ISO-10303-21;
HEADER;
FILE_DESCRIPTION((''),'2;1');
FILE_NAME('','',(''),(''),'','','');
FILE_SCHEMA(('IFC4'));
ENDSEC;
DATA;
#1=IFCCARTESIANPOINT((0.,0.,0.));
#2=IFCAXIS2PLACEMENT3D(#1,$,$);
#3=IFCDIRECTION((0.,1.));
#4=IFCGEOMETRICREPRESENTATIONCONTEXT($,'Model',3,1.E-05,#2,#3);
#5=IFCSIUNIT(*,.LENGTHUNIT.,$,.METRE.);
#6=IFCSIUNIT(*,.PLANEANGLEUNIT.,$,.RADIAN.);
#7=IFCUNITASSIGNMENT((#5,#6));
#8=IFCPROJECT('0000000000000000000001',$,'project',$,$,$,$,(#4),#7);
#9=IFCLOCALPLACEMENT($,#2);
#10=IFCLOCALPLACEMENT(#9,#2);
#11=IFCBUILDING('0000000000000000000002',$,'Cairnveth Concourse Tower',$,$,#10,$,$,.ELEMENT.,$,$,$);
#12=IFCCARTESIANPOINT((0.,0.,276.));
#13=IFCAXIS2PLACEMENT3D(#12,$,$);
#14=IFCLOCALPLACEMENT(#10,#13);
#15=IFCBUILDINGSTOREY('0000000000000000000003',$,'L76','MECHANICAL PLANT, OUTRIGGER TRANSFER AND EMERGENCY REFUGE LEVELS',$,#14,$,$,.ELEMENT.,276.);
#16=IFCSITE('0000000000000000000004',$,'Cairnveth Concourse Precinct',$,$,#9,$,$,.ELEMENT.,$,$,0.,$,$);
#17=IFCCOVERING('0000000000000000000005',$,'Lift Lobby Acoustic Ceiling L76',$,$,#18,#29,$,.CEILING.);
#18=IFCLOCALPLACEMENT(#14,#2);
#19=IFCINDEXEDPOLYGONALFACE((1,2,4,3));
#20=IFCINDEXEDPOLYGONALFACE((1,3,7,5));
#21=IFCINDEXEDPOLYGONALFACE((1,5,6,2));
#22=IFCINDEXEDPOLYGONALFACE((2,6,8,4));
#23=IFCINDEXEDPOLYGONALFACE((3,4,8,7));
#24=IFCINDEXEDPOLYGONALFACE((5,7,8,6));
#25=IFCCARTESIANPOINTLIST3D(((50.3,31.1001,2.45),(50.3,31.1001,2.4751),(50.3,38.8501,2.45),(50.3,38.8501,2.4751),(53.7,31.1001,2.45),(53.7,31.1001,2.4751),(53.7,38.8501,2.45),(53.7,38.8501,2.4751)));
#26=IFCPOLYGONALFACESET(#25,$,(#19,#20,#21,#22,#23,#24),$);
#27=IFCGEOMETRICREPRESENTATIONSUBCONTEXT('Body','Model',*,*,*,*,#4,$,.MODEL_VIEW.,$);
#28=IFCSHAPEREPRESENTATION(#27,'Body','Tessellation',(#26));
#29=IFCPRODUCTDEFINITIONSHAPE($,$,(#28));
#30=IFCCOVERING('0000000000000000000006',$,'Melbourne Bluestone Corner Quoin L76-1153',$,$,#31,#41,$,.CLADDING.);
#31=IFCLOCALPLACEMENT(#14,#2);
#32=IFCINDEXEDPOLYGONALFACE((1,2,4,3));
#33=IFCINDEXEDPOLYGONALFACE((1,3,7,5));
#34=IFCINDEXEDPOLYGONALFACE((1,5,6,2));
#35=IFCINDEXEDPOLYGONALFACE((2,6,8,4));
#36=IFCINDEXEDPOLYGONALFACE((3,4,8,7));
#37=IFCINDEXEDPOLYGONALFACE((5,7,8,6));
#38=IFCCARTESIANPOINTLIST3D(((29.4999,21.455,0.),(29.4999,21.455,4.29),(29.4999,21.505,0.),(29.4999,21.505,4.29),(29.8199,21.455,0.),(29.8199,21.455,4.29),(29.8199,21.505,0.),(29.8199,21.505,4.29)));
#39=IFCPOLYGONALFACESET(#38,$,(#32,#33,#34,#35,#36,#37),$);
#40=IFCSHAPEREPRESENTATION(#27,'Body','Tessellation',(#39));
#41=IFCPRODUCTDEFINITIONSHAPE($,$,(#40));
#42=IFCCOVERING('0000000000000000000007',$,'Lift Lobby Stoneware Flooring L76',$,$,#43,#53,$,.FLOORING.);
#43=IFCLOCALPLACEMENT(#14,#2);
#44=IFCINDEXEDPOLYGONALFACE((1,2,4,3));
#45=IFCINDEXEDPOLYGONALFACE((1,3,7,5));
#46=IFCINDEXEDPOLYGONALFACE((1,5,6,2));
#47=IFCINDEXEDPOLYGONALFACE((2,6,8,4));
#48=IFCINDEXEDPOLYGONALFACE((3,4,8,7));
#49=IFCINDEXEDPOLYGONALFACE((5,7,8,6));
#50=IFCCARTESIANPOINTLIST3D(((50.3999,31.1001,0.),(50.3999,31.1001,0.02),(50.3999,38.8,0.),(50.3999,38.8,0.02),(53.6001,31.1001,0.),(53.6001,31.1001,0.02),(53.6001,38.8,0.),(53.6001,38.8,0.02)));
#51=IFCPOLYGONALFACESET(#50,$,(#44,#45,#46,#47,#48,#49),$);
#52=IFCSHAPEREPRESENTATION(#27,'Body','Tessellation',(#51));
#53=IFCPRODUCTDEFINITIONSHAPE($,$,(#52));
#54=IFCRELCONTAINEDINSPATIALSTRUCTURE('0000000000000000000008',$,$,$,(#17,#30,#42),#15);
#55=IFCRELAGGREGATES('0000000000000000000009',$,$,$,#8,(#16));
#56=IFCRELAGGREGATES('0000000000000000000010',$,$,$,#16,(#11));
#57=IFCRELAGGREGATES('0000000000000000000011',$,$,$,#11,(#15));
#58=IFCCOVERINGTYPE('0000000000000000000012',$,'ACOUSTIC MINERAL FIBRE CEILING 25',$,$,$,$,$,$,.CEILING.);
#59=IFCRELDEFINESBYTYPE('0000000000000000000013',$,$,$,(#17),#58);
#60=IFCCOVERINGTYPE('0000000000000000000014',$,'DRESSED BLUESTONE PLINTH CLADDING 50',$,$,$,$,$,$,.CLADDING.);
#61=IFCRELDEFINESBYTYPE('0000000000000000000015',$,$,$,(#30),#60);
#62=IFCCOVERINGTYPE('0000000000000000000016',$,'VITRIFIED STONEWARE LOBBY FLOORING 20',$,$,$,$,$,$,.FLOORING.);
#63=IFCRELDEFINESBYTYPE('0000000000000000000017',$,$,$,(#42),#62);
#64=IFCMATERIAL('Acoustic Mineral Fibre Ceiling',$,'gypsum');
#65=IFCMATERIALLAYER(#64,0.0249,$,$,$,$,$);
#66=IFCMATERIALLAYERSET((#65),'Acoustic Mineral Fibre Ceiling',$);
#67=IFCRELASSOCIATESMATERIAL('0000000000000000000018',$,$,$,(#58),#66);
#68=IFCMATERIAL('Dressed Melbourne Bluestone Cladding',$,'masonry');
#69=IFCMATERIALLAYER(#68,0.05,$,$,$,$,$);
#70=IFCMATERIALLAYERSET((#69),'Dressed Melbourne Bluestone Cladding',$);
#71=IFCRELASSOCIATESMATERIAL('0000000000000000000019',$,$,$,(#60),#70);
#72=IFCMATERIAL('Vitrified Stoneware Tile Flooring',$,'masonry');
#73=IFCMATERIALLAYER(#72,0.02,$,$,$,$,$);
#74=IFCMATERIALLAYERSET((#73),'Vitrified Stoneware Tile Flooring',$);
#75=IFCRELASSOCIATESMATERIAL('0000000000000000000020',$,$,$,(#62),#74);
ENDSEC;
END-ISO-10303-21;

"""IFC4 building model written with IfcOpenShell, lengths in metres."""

from ifc_helpers import new_model, si_unit, direction, frame, frame_2d, origin, place, context, subcontext, project, spatial, polyline, rectangle, outline, extrude, material, layer, layer_set, type_object, element, save


model = new_model("IFC4")

# Units and contexts
model_context = context("Model", 3, precision=1e-05, world=origin(), true_north=direction((0.0, 1.0)))
body_context = subcontext(model_context, "Body", "Model", "MODEL_VIEW")
ifc_project = project(units=[si_unit("LENGTHUNIT", "METRE"), si_unit("PLANEANGLEUNIT", "RADIAN")], contexts=[model_context])

# Site, building, storey
site_placement = place(None, origin())
site = spatial("IfcSite", under=ifc_project, at=site_placement, Name="Cairnveth Concourse Precinct", CompositionType="ELEMENT", RefElevation=0.0)
building_placement = place(site_placement, origin())
building = spatial("IfcBuilding", under=site, at=building_placement, Name="Cairnveth Concourse Tower", CompositionType="ELEMENT")
storey_placement = place(building_placement, frame((0.0, 0.0, 276.0)))
storey = spatial("IfcBuildingStorey", under=building, at=storey_placement, Name="L76", Description="MECHANICAL PLANT, OUTRIGGER TRANSFER AND EMERGENCY REFUGE LEVELS", CompositionType="ELEMENT", Elevation=276.0)

# Coverings
ifc_material_1 = material(Name="Acoustic Mineral Fibre Ceiling", Category="gypsum")
ifc_layer_1 = layer(ifc_material_1, 0.0249)
ifc_layer_set_1 = layer_set([ifc_layer_1], Name="Acoustic Mineral Fibre Ceiling")
covering_type_1 = type_object("IfcCoveringType", Name="ACOUSTIC MINERAL FIBRE CEILING 25", PredefinedType="CEILING", material=ifc_layer_set_1)
covering_1_placement = place(storey_placement, frame((0.0, 0.0, 2.45)))
element("IfcCovering", 1, at=covering_1_placement, inside=storey, type_object=covering_type_1, Name="Lift Lobby Acoustic Ceiling L76", PredefinedType="CEILING", context=body_context, shape_type="SweptSolid", body=[
    extrude(outline(polyline([(50.3, 31.1001), (53.7, 31.1001), (53.7, 38.8501), (50.3, 38.8501), (50.3, 31.1001)])), origin(), (0.0, 0.0, 1.0), 0.0251),
])
ifc_material_2 = material(Name="Dressed Melbourne Bluestone Cladding", Category="masonry")
ifc_layer_2 = layer(ifc_material_2, 0.05)
ifc_layer_set_2 = layer_set([ifc_layer_2], Name="Dressed Melbourne Bluestone Cladding")
covering_type_2 = type_object("IfcCoveringType", Name="DRESSED BLUESTONE PLINTH CLADDING 50", PredefinedType="CLADDING", material=ifc_layer_set_2)
covering_2_placement = place(storey_placement, frame((29.8201, 21.48, 0.0), z_axis=(0.0, 0.0, 1.0), x_axis=(-1.0, 0.0, 0.0)))
element("IfcCovering", 2, at=covering_2_placement, inside=storey, type_object=covering_type_2, Name="Melbourne Bluestone Corner Quoin L76-1153", PredefinedType="CLADDING", context=body_context, shape_type="SweptSolid", body=[
    extrude(rectangle(XDim=0.3201, YDim=0.05, at=frame_2d((0.1602, 0.0))), origin(), (0.0, 0.0, 1.0), 4.29),
])
ifc_material_3 = material(Name="Vitrified Stoneware Tile Flooring", Category="masonry")
ifc_layer_3 = layer(ifc_material_3, 0.02)
ifc_layer_set_3 = layer_set([ifc_layer_3], Name="Vitrified Stoneware Tile Flooring")
covering_type_3 = type_object("IfcCoveringType", Name="VITRIFIED STONEWARE LOBBY FLOORING 20", PredefinedType="FLOORING", material=ifc_layer_set_3)
covering_3_placement = place(storey_placement, origin())
element("IfcCovering", 3, at=covering_3_placement, inside=storey, type_object=covering_type_3, Name="Lift Lobby Stoneware Flooring L76", PredefinedType="FLOORING", context=body_context, shape_type="SweptSolid", body=[
    extrude(outline(polyline([(50.3999, 31.1001), (53.6001, 31.1001), (53.6001, 38.8), (50.3999, 38.8), (50.3999, 31.1001)])), origin(), (0.0, 0.0, 1.0), 0.02),
])

save(model, "model.ifc")
